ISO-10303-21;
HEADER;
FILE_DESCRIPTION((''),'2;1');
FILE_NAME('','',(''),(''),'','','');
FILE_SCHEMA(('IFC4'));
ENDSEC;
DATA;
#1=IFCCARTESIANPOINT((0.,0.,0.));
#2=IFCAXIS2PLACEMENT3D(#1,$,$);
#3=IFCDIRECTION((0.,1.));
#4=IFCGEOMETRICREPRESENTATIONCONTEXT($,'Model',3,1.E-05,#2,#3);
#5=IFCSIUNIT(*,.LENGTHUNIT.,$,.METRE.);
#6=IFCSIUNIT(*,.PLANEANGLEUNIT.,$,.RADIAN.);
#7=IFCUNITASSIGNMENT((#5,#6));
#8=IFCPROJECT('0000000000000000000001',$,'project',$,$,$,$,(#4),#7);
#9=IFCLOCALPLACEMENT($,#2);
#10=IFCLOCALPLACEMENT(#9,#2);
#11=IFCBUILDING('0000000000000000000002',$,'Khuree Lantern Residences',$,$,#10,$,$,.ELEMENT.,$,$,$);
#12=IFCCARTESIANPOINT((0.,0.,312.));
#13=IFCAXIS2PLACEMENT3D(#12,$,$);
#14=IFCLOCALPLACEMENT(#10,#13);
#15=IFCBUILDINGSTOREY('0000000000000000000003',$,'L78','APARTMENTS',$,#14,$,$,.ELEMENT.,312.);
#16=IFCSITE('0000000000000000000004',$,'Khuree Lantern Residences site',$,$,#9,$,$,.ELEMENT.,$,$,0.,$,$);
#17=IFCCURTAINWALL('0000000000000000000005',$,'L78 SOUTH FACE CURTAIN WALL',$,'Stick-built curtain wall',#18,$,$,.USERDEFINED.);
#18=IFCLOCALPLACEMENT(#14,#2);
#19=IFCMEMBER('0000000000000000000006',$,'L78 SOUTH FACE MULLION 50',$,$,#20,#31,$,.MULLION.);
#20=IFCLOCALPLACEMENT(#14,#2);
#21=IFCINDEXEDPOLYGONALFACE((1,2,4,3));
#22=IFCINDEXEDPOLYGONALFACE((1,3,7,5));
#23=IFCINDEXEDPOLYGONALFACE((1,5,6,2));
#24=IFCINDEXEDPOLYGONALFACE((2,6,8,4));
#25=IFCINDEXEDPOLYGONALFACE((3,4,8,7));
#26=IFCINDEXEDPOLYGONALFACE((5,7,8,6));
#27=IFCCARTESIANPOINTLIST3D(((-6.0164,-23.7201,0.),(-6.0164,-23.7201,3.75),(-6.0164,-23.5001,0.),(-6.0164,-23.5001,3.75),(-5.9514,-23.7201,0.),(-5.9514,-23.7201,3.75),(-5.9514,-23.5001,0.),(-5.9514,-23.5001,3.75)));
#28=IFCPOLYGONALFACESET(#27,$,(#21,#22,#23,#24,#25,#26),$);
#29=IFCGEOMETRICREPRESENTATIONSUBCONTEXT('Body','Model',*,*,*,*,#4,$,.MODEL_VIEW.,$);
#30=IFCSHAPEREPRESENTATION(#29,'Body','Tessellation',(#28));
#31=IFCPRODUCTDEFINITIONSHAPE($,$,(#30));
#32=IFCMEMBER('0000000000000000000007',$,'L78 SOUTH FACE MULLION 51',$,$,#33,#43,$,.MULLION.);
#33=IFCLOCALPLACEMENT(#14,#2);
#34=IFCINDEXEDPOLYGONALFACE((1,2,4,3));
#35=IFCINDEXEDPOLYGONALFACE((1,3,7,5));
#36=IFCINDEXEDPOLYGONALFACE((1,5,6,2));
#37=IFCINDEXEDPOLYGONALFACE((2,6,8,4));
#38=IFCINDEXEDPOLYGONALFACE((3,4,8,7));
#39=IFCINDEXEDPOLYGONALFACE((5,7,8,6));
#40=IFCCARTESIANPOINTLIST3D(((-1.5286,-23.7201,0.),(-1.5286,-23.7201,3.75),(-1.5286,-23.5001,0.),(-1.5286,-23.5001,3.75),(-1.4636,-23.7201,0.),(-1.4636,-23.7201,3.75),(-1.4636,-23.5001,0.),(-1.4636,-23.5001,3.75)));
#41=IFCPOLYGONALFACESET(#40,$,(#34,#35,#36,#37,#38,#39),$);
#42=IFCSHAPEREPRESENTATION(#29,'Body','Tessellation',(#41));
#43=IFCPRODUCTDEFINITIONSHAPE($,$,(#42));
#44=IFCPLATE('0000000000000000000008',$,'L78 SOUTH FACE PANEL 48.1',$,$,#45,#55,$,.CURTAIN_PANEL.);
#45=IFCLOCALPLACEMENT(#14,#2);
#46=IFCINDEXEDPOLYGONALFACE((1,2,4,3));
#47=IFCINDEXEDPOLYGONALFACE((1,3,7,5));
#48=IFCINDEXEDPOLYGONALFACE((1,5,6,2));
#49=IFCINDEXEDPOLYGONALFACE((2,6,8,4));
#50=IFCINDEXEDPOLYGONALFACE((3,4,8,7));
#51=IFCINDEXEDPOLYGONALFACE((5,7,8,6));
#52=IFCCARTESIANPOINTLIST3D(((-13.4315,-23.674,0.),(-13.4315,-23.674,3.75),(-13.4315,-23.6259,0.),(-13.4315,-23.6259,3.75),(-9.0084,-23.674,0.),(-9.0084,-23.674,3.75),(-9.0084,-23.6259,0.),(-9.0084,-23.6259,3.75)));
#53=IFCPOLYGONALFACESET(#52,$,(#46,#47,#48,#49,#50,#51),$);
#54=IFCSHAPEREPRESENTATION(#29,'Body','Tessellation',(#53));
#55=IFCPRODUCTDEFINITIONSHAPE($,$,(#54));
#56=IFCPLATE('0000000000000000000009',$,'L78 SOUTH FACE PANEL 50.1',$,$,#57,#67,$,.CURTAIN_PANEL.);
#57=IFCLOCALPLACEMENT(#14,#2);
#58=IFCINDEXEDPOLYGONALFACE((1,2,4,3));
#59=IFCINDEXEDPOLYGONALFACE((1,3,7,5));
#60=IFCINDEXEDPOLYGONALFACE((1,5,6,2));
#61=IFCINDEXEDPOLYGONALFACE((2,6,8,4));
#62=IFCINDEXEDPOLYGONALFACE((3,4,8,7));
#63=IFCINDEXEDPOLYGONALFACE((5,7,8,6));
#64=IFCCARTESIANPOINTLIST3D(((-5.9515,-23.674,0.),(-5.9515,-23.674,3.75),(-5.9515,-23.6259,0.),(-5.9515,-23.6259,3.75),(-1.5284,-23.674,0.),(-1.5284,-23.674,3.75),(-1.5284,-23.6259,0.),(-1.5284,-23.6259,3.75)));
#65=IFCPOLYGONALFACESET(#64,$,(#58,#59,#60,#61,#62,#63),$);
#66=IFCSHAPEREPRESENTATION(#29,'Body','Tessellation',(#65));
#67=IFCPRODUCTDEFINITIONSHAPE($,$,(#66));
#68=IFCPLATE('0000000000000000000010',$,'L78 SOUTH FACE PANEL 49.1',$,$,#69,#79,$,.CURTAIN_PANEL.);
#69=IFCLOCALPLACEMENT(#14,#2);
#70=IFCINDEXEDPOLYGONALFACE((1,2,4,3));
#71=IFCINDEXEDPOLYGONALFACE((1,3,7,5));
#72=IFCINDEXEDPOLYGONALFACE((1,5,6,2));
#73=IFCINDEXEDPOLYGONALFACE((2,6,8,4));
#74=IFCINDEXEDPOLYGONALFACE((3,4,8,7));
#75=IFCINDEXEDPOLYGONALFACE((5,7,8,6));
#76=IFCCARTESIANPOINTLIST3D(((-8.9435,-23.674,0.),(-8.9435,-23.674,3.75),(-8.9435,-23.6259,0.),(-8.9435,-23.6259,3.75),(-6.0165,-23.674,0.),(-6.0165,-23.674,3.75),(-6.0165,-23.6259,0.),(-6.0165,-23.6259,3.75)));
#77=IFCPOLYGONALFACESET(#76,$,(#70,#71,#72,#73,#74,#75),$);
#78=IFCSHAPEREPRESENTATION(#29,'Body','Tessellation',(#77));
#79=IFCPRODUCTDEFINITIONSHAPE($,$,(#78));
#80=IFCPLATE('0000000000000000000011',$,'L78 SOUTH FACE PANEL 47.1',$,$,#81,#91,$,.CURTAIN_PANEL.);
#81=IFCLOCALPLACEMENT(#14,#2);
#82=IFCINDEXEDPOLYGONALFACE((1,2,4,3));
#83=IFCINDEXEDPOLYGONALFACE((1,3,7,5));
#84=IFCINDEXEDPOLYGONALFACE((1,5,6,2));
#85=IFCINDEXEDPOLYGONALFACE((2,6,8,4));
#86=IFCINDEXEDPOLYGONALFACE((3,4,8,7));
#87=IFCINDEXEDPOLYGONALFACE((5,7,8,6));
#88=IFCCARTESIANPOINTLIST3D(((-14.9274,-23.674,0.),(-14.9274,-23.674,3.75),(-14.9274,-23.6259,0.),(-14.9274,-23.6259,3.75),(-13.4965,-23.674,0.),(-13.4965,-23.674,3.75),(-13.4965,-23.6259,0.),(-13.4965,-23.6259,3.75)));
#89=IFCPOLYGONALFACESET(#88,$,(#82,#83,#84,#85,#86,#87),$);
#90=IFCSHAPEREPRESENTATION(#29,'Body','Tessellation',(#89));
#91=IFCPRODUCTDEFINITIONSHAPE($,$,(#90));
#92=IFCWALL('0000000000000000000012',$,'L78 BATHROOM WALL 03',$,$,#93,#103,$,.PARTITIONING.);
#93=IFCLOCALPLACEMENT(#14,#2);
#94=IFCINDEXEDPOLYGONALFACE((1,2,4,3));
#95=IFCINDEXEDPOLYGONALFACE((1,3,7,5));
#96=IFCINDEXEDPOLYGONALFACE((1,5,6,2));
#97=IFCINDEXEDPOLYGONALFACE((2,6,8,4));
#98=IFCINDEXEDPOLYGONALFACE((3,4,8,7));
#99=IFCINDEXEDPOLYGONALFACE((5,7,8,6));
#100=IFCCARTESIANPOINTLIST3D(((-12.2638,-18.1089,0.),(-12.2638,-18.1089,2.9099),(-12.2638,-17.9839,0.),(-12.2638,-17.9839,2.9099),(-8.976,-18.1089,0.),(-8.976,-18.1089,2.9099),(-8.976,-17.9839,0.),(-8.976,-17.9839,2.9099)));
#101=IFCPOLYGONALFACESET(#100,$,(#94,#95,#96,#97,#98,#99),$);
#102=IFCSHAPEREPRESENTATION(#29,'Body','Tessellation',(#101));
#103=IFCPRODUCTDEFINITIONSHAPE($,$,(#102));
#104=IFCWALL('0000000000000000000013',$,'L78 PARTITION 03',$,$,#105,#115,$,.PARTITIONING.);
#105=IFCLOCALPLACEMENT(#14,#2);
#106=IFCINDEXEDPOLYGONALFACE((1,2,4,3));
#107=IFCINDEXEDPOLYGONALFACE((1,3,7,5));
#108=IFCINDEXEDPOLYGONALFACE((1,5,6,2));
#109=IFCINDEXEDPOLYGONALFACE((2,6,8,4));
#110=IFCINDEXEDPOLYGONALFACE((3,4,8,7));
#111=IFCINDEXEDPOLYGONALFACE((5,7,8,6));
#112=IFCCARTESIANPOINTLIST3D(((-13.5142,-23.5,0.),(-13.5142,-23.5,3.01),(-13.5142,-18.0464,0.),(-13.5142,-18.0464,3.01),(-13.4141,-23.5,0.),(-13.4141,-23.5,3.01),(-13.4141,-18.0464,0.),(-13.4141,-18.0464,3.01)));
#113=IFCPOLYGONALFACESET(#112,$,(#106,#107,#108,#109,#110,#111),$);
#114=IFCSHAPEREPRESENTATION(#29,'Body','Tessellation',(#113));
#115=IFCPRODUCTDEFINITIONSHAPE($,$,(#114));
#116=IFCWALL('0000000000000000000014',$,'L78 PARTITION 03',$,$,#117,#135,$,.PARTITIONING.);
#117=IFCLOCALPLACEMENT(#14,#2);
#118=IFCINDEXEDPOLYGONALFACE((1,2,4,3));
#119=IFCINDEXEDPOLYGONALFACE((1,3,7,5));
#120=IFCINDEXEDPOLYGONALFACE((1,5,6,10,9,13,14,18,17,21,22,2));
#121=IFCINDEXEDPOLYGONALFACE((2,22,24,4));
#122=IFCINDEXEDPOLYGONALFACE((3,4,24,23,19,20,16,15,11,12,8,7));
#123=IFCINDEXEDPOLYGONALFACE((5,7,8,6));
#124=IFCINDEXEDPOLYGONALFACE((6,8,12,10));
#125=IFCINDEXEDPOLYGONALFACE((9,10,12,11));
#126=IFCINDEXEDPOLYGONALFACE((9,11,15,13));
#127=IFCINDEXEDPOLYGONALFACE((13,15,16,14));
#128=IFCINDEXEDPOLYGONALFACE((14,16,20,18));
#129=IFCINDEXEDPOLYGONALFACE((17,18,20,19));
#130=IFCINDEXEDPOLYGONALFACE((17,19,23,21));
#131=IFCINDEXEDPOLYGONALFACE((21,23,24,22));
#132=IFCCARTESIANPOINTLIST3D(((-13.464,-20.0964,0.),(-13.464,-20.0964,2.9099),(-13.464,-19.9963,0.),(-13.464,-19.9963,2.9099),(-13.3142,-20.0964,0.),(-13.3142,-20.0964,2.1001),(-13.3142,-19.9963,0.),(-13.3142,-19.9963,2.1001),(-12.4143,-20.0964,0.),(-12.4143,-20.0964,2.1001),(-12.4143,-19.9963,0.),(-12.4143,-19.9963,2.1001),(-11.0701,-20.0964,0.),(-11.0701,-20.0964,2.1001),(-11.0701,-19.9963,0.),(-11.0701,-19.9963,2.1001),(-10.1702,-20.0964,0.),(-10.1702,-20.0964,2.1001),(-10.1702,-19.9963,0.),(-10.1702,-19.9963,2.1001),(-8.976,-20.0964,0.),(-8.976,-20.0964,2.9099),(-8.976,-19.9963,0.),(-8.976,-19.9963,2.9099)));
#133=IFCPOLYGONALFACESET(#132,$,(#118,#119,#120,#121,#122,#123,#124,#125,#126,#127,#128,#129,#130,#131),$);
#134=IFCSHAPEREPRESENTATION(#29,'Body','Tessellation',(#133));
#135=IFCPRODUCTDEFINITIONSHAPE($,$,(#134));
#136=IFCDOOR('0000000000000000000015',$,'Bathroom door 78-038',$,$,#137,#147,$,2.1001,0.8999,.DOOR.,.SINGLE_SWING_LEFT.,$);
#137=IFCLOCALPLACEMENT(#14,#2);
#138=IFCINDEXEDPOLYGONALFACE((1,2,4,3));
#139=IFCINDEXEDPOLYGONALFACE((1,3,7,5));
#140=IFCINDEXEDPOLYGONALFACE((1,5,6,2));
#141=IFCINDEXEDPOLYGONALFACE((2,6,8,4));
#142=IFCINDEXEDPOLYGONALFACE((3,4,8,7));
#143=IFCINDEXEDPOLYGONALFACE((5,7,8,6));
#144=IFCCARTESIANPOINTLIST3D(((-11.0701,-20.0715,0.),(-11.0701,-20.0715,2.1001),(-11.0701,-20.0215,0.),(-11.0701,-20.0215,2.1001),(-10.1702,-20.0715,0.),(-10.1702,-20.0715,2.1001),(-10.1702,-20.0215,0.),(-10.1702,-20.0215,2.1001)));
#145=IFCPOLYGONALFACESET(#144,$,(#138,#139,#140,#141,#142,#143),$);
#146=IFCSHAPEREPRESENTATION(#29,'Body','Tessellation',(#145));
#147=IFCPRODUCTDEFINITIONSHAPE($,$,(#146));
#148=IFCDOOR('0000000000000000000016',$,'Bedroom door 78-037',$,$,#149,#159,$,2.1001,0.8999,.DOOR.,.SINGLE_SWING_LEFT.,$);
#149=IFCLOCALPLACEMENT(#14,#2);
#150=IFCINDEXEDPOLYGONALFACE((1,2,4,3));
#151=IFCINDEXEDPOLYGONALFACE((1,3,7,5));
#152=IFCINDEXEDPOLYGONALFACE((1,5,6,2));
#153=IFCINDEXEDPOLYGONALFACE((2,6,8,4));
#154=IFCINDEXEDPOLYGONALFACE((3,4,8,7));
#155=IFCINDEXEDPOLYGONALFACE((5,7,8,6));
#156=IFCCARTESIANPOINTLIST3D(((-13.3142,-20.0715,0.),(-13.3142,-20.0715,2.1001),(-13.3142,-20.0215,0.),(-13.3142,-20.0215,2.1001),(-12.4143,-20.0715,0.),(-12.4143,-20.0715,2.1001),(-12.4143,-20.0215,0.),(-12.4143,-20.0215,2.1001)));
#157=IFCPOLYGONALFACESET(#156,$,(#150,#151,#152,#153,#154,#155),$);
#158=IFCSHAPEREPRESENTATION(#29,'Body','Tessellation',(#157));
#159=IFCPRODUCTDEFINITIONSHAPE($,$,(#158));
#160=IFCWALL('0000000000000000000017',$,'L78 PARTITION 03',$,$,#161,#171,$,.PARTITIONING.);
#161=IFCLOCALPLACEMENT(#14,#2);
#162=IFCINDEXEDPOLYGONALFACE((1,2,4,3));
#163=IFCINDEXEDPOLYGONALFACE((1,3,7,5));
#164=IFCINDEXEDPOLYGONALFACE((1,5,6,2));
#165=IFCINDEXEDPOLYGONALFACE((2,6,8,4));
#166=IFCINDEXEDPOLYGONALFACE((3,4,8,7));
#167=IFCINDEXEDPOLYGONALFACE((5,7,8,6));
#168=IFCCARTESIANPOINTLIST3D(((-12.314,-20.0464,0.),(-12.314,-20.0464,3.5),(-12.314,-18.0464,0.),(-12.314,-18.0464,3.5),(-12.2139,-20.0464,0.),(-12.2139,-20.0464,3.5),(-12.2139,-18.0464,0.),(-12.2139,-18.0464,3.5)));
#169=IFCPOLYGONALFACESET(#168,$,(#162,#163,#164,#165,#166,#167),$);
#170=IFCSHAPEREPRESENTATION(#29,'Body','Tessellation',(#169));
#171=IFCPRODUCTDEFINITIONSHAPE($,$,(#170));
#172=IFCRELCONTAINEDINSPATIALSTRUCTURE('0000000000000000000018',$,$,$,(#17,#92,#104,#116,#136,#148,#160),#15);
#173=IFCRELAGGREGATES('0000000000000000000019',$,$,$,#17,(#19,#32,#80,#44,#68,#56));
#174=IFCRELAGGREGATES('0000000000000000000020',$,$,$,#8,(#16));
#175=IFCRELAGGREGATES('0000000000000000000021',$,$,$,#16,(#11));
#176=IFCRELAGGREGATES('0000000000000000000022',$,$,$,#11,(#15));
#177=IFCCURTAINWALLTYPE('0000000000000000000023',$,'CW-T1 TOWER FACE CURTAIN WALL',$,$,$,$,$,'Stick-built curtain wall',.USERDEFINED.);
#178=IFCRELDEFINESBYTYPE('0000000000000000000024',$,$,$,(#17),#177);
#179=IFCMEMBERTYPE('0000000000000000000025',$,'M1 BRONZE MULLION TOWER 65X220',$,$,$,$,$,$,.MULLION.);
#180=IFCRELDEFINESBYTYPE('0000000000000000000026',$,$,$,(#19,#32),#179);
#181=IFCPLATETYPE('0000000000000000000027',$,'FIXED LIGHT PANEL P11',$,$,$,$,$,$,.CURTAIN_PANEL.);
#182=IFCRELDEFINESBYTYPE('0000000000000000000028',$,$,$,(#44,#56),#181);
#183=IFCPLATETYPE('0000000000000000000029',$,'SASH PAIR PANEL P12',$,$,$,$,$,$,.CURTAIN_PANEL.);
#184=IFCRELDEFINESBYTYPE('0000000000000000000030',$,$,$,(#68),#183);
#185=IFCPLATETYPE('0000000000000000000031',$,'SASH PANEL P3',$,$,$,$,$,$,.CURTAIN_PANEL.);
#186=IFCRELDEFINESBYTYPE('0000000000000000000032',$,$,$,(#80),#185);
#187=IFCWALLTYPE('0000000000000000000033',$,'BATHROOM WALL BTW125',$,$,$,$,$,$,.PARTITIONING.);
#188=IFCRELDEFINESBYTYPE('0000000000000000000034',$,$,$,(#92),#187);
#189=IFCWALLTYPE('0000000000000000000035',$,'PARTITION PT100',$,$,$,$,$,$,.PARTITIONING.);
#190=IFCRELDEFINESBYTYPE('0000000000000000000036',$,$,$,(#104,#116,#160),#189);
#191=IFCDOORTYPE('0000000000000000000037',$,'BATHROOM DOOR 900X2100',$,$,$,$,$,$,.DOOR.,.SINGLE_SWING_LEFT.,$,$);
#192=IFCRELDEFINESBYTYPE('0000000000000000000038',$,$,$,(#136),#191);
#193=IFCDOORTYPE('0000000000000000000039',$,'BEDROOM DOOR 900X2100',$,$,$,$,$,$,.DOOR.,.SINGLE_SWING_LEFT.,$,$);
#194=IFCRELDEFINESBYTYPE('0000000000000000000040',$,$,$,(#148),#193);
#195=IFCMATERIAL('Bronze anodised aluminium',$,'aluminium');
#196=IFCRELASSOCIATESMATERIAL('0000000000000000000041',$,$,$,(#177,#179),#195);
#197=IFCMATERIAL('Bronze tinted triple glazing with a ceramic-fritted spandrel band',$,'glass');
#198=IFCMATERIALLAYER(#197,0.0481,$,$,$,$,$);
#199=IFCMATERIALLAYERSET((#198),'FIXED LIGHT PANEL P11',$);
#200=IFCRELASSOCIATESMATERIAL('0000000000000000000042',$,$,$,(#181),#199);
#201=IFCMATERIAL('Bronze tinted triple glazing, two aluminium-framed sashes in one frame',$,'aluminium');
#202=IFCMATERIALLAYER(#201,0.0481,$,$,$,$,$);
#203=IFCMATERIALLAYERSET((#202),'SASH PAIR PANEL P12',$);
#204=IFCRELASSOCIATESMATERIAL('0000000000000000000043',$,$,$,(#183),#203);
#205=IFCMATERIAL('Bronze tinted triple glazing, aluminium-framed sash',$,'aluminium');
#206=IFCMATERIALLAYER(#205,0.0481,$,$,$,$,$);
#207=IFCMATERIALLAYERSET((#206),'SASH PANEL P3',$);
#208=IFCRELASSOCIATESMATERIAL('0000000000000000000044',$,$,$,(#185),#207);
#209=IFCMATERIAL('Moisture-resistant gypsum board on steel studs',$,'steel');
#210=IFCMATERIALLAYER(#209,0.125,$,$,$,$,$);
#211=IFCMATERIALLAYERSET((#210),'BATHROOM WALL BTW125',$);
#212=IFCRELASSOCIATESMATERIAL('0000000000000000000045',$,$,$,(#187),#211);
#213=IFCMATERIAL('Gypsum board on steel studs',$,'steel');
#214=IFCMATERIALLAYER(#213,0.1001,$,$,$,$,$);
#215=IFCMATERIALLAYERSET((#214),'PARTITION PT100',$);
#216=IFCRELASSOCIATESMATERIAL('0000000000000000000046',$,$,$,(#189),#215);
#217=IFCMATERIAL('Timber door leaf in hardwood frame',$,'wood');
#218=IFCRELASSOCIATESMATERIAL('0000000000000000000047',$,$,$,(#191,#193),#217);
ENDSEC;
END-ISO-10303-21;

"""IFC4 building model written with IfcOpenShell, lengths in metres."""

from ifc_helpers import new_model, si_unit, direction, frame, frame_2d, origin, origin_2d, place, context, subcontext, project, spatial, rectangle, extrude, material, layer, layer_set, material_profile, profile_set, type_object, element, fill, aggregate, save


model = new_model("IFC4")

# Units and contexts
model_context = context("Model", 3, precision=1e-05, world=origin(), true_north=direction((0.0, 1.0)))
body_context = subcontext(model_context, "Body", "Model", "MODEL_VIEW")
ifc_project = project(units=[si_unit("LENGTHUNIT", "METRE"), si_unit("PLANEANGLEUNIT", "RADIAN")], contexts=[model_context])

# Site, building, storey
site_placement = place(None, origin())
site = spatial("IfcSite", under=ifc_project, at=site_placement, Name="Khuree Lantern Residences site", CompositionType="ELEMENT", RefElevation=0.0)
building_placement = place(site_placement, origin())
building = spatial("IfcBuilding", under=site, at=building_placement, Name="Khuree Lantern Residences", CompositionType="ELEMENT")
storey_placement = place(building_placement, frame((0.0, 0.0, 312.0)))
storey = spatial("IfcBuildingStorey", under=building, at=storey_placement, Name="L78", Description="APARTMENTS", CompositionType="ELEMENT", Elevation=312.0)

# Curtain wall
ifc_material_1 = material(Name="Bronze anodised aluminium", Category="aluminium")
curtain_wall_type = type_object("IfcCurtainWallType", Name="CW-T1 TOWER FACE CURTAIN WALL", ElementType="Stick-built curtain wall", PredefinedType="USERDEFINED", material=ifc_material_1)
curtain_wall_placement = place(storey_placement, origin())
curtain_wall = element("IfcCurtainWall", 1, at=curtain_wall_placement, inside=storey, type_object=curtain_wall_type, Name="L78 SOUTH FACE CURTAIN WALL", ObjectType="Stick-built curtain wall", PredefinedType="USERDEFINED")

# Members
ifc_material_profile_1 = material_profile(ifc_material_1, rectangle(XDim=0.0649, YDim=0.22, at=origin_2d()), Name="M1 65X220")
ifc_profile_set_1 = profile_set([ifc_material_profile_1], Name="Bronze anodised aluminium")
member_type_1 = type_object("IfcMemberType", Name="M1 BRONZE MULLION TOWER 65X220", PredefinedType="MULLION", material=ifc_profile_set_1)
member_1_placement = place(storey_placement, frame((-5.9839, -23.6101, 0.0), z_axis=(0.0, 0.0, 1.0), x_axis=(1.0, 0.0, 0.0)))
member_1 = element("IfcMember", 2, at=member_1_placement, type_object=member_type_1, Name="L78 SOUTH FACE MULLION 50", PredefinedType="MULLION", context=body_context, shape_type="SweptSolid", body=[
    extrude(rectangle(XDim=0.0649, YDim=0.22, at=origin_2d()), origin(), (0.0, 0.0, 1.0), 3.75),
])
member_2_placement = place(storey_placement, frame((-1.4961, -23.6101, 0.0), z_axis=(0.0, 0.0, 1.0), x_axis=(1.0, 0.0, 0.0)))
member_2 = element("IfcMember", 3, at=member_2_placement, type_object=member_type_1, Name="L78 SOUTH FACE MULLION 51", PredefinedType="MULLION", context=body_context, shape_type="SweptSolid", body=[
    extrude(rectangle(XDim=0.0649, YDim=0.22, at=origin_2d()), origin(), (0.0, 0.0, 1.0), 3.75),
])

# Plates
ifc_material_2 = material(Name="Bronze tinted triple glazing with a ceramic-fritted spandrel band", Category="glass")
ifc_layer_1 = layer(ifc_material_2, 0.0481)
ifc_layer_set_1 = layer_set([ifc_layer_1], Name="FIXED LIGHT PANEL P11")
plate_type_1 = type_object("IfcPlateType", Name="FIXED LIGHT PANEL P11", PredefinedType="CURTAIN_PANEL", material=ifc_layer_set_1)
plate_1_placement = place(storey_placement, frame((-11.22, -23.6499, 0.0), z_axis=(0.0, 0.0, 1.0), x_axis=(1.0, 0.0, 0.0)))
plate_1 = element("IfcPlate", 4, at=plate_1_placement, type_object=plate_type_1, Name="L78 SOUTH FACE PANEL 48.1", PredefinedType="CURTAIN_PANEL", context=body_context, shape_type="SweptSolid", body=[
    extrude(rectangle(XDim=4.4231, YDim=0.0481, at=origin_2d()), origin(), (0.0, 0.0, 1.0), 3.75),
])
plate_2_placement = place(storey_placement, frame((-3.74, -23.6499, 0.0), z_axis=(0.0, 0.0, 1.0), x_axis=(1.0, 0.0, 0.0)))
plate_2 = element("IfcPlate", 5, at=plate_2_placement, type_object=plate_type_1, Name="L78 SOUTH FACE PANEL 50.1", PredefinedType="CURTAIN_PANEL", context=body_context, shape_type="SweptSolid", body=[
    extrude(rectangle(XDim=4.4231, YDim=0.0481, at=origin_2d()), origin(), (0.0, 0.0, 1.0), 3.75),
])
ifc_material_3 = material(Name="Bronze tinted triple glazing, two aluminium-framed sashes in one frame", Category="aluminium")
ifc_layer_2 = layer(ifc_material_3, 0.0481)
ifc_layer_set_2 = layer_set([ifc_layer_2], Name="SASH PAIR PANEL P12")
plate_type_2 = type_object("IfcPlateType", Name="SASH PAIR PANEL P12", PredefinedType="CURTAIN_PANEL", material=ifc_layer_set_2)
plate_3_placement = place(storey_placement, frame((-7.48, -23.6499, 0.0), z_axis=(0.0, 0.0, 1.0), x_axis=(1.0, 0.0, 0.0)))
plate_3 = element("IfcPlate", 6, at=plate_3_placement, type_object=plate_type_2, Name="L78 SOUTH FACE PANEL 49.1", PredefinedType="CURTAIN_PANEL", context=body_context, shape_type="SweptSolid", body=[
    extrude(rectangle(XDim=2.927, YDim=0.0481, at=origin_2d()), origin(), (0.0, 0.0, 1.0), 3.75),
])
ifc_material_4 = material(Name="Bronze tinted triple glazing, aluminium-framed sash", Category="aluminium")
ifc_layer_3 = layer(ifc_material_4, 0.0481)
ifc_layer_set_3 = layer_set([ifc_layer_3], Name="SASH PANEL P3")
plate_type_3 = type_object("IfcPlateType", Name="SASH PANEL P3", PredefinedType="CURTAIN_PANEL", material=ifc_layer_set_3)
plate_4_placement = place(storey_placement, frame((-14.2119, -23.6499, 0.0), z_axis=(0.0, 0.0, 1.0), x_axis=(1.0, 0.0, 0.0)))
plate_4 = element("IfcPlate", 7, at=plate_4_placement, type_object=plate_type_3, Name="L78 SOUTH FACE PANEL 47.1", PredefinedType="CURTAIN_PANEL", context=body_context, shape_type="SweptSolid", body=[
    extrude(rectangle(XDim=1.4309, YDim=0.0481, at=origin_2d()), origin(), (0.0, 0.0, 1.0), 3.75),
])
aggregate(curtain_wall, [member_1, member_2, plate_4, plate_1, plate_3, plate_2])

# Walls
ifc_material_5 = material(Name="Moisture-resistant gypsum board on steel studs", Category="steel")
ifc_layer_4 = layer(ifc_material_5, 0.125)
ifc_layer_set_4 = layer_set([ifc_layer_4], Name="BATHROOM WALL BTW125")
wall_type_1 = type_object("IfcWallType", Name="BATHROOM WALL BTW125", PredefinedType="PARTITIONING", material=ifc_layer_set_4)
wall_1_placement = place(storey_placement, frame((-12.2639, -18.0464, 0.0), z_axis=(0.0, 0.0, 1.0), x_axis=(1.0, 0.0, 0.0)))
element("IfcWall", 8, at=wall_1_placement, inside=storey, type_object=wall_type_1, Name="L78 BATHROOM WALL 03", PredefinedType="PARTITIONING", context=body_context, shape_type="SweptSolid", body=[
    extrude(rectangle(XDim=3.2878, YDim=0.125, at=frame_2d((1.644, 0.0))), origin(), (0.0, 0.0, 1.0), 2.9099),
])
ifc_material_6 = material(Name="Gypsum board on steel studs", Category="steel")
ifc_layer_5 = layer(ifc_material_6, 0.1001)
ifc_layer_set_5 = layer_set([ifc_layer_5], Name="PARTITION PT100")
wall_type_2 = type_object("IfcWallType", Name="PARTITION PT100", PredefinedType="PARTITIONING", material=ifc_layer_set_5)
wall_2_placement = place(storey_placement, frame((-13.4641, -18.0464, 0.0), z_axis=(0.0, 0.0, 1.0), x_axis=(0.0, -1.0, 0.0)))
element("IfcWall", 9, at=wall_2_placement, inside=storey, type_object=wall_type_2, Name="L78 PARTITION 03", PredefinedType="PARTITIONING", context=body_context, shape_type="SweptSolid", body=[
    extrude(rectangle(XDim=5.4536, YDim=0.1001, at=frame_2d((2.7268, 0.0))), origin(), (0.0, 0.0, 1.0), 3.01),
])

# Wall, openings, doors
wall_3_placement = place(storey_placement, frame((-13.4641, -20.0464, 0.0), z_axis=(0.0, 0.0, 1.0), x_axis=(1.0, 0.0, 0.0)))
wall_3 = element("IfcWall", 10, at=wall_3_placement, inside=storey, type_object=wall_type_2, Name="L78 PARTITION 03", PredefinedType="PARTITIONING", context=body_context, shape_type="SweptSolid", body=[
    extrude(rectangle(XDim=4.488, YDim=0.1001, at=frame_2d((2.2441, 0.0))), origin(), (0.0, 0.0, 1.0), 2.9099),
])
opening_1_placement = place(wall_3_placement, frame((0.1499, 0.0, 0.0)))
opening_1 = element("IfcOpeningElement", 11, at=opening_1_placement, cuts=wall_3, PredefinedType="OPENING", context=body_context, shape_type="SweptSolid", body=[
    extrude(rectangle(XDim=0.8999, YDim=2.1001, at=frame_2d((0.45, 1.05))), frame((0.0, 0.0601, 0.0), z_axis=(0.0, -1.0, 0.0), x_axis=(1.0, 0.0, 0.0)), (0.0, 0.0, 1.0), 0.1201),
])
opening_2_placement = place(wall_3_placement, frame((2.394, 0.0, 0.0)))
opening_2 = element("IfcOpeningElement", 12, at=opening_2_placement, cuts=wall_3, PredefinedType="OPENING", context=body_context, shape_type="SweptSolid", body=[
    extrude(rectangle(XDim=0.8999, YDim=2.1001, at=frame_2d((0.45, 1.05))), frame((0.0, 0.0601, 0.0), z_axis=(0.0, -1.0, 0.0), x_axis=(1.0, 0.0, 0.0)), (0.0, 0.0, 1.0), 0.1201),
])
ifc_material_7 = material(Name="Timber door leaf in hardwood frame", Category="wood")
door_type_1 = type_object("IfcDoorType", Name="BATHROOM DOOR 900X2100", OperationType="SINGLE_SWING_LEFT", PredefinedType="DOOR", material=ifc_material_7)
door_1_placement = place(opening_2_placement, origin())
door_1 = element("IfcDoor", 13, at=door_1_placement, inside=storey, type_object=door_type_1, Name="Bathroom door 78-038", OperationType="SINGLE_SWING_LEFT", OverallHeight=2.1001, OverallWidth=0.8999, PredefinedType="DOOR", context=body_context, shape_type="SweptSolid", body=[
    extrude(rectangle(XDim=0.8999, YDim=2.1001, at=frame_2d((0.45, 1.05))), frame((0.0, 0.0249, 0.0), z_axis=(0.0, -1.0, 0.0), x_axis=(1.0, 0.0, 0.0)), (0.0, 0.0, 1.0), 0.05),
])
fill(opening_2, door_1)
door_type_2 = type_object("IfcDoorType", Name="BEDROOM DOOR 900X2100", OperationType="SINGLE_SWING_LEFT", PredefinedType="DOOR", material=ifc_material_7)
door_2_placement = place(opening_1_placement, origin())
door_2 = element("IfcDoor", 14, at=door_2_placement, inside=storey, type_object=door_type_2, Name="Bedroom door 78-037", OperationType="SINGLE_SWING_LEFT", OverallHeight=2.1001, OverallWidth=0.8999, PredefinedType="DOOR", context=body_context, shape_type="SweptSolid", body=[
    extrude(rectangle(XDim=0.8999, YDim=2.1001, at=frame_2d((0.45, 1.05))), frame((0.0, 0.0249, 0.0), z_axis=(0.0, -1.0, 0.0), x_axis=(1.0, 0.0, 0.0)), (0.0, 0.0, 1.0), 0.05),
])
fill(opening_1, door_2)

# Wall
wall_4_placement = place(storey_placement, frame((-12.2639, -18.0464, 0.0), z_axis=(0.0, 0.0, 1.0), x_axis=(0.0, -1.0, 0.0)))
element("IfcWall", 15, at=wall_4_placement, inside=storey, type_object=wall_type_2, Name="L78 PARTITION 03", PredefinedType="PARTITIONING", context=body_context, shape_type="SweptSolid", body=[
    extrude(rectangle(XDim=2.0, YDim=0.1001, at=frame_2d((1.0, 0.0))), origin(), (0.0, 0.0, 1.0), 3.5),
])

save(model, "model.ifc")
